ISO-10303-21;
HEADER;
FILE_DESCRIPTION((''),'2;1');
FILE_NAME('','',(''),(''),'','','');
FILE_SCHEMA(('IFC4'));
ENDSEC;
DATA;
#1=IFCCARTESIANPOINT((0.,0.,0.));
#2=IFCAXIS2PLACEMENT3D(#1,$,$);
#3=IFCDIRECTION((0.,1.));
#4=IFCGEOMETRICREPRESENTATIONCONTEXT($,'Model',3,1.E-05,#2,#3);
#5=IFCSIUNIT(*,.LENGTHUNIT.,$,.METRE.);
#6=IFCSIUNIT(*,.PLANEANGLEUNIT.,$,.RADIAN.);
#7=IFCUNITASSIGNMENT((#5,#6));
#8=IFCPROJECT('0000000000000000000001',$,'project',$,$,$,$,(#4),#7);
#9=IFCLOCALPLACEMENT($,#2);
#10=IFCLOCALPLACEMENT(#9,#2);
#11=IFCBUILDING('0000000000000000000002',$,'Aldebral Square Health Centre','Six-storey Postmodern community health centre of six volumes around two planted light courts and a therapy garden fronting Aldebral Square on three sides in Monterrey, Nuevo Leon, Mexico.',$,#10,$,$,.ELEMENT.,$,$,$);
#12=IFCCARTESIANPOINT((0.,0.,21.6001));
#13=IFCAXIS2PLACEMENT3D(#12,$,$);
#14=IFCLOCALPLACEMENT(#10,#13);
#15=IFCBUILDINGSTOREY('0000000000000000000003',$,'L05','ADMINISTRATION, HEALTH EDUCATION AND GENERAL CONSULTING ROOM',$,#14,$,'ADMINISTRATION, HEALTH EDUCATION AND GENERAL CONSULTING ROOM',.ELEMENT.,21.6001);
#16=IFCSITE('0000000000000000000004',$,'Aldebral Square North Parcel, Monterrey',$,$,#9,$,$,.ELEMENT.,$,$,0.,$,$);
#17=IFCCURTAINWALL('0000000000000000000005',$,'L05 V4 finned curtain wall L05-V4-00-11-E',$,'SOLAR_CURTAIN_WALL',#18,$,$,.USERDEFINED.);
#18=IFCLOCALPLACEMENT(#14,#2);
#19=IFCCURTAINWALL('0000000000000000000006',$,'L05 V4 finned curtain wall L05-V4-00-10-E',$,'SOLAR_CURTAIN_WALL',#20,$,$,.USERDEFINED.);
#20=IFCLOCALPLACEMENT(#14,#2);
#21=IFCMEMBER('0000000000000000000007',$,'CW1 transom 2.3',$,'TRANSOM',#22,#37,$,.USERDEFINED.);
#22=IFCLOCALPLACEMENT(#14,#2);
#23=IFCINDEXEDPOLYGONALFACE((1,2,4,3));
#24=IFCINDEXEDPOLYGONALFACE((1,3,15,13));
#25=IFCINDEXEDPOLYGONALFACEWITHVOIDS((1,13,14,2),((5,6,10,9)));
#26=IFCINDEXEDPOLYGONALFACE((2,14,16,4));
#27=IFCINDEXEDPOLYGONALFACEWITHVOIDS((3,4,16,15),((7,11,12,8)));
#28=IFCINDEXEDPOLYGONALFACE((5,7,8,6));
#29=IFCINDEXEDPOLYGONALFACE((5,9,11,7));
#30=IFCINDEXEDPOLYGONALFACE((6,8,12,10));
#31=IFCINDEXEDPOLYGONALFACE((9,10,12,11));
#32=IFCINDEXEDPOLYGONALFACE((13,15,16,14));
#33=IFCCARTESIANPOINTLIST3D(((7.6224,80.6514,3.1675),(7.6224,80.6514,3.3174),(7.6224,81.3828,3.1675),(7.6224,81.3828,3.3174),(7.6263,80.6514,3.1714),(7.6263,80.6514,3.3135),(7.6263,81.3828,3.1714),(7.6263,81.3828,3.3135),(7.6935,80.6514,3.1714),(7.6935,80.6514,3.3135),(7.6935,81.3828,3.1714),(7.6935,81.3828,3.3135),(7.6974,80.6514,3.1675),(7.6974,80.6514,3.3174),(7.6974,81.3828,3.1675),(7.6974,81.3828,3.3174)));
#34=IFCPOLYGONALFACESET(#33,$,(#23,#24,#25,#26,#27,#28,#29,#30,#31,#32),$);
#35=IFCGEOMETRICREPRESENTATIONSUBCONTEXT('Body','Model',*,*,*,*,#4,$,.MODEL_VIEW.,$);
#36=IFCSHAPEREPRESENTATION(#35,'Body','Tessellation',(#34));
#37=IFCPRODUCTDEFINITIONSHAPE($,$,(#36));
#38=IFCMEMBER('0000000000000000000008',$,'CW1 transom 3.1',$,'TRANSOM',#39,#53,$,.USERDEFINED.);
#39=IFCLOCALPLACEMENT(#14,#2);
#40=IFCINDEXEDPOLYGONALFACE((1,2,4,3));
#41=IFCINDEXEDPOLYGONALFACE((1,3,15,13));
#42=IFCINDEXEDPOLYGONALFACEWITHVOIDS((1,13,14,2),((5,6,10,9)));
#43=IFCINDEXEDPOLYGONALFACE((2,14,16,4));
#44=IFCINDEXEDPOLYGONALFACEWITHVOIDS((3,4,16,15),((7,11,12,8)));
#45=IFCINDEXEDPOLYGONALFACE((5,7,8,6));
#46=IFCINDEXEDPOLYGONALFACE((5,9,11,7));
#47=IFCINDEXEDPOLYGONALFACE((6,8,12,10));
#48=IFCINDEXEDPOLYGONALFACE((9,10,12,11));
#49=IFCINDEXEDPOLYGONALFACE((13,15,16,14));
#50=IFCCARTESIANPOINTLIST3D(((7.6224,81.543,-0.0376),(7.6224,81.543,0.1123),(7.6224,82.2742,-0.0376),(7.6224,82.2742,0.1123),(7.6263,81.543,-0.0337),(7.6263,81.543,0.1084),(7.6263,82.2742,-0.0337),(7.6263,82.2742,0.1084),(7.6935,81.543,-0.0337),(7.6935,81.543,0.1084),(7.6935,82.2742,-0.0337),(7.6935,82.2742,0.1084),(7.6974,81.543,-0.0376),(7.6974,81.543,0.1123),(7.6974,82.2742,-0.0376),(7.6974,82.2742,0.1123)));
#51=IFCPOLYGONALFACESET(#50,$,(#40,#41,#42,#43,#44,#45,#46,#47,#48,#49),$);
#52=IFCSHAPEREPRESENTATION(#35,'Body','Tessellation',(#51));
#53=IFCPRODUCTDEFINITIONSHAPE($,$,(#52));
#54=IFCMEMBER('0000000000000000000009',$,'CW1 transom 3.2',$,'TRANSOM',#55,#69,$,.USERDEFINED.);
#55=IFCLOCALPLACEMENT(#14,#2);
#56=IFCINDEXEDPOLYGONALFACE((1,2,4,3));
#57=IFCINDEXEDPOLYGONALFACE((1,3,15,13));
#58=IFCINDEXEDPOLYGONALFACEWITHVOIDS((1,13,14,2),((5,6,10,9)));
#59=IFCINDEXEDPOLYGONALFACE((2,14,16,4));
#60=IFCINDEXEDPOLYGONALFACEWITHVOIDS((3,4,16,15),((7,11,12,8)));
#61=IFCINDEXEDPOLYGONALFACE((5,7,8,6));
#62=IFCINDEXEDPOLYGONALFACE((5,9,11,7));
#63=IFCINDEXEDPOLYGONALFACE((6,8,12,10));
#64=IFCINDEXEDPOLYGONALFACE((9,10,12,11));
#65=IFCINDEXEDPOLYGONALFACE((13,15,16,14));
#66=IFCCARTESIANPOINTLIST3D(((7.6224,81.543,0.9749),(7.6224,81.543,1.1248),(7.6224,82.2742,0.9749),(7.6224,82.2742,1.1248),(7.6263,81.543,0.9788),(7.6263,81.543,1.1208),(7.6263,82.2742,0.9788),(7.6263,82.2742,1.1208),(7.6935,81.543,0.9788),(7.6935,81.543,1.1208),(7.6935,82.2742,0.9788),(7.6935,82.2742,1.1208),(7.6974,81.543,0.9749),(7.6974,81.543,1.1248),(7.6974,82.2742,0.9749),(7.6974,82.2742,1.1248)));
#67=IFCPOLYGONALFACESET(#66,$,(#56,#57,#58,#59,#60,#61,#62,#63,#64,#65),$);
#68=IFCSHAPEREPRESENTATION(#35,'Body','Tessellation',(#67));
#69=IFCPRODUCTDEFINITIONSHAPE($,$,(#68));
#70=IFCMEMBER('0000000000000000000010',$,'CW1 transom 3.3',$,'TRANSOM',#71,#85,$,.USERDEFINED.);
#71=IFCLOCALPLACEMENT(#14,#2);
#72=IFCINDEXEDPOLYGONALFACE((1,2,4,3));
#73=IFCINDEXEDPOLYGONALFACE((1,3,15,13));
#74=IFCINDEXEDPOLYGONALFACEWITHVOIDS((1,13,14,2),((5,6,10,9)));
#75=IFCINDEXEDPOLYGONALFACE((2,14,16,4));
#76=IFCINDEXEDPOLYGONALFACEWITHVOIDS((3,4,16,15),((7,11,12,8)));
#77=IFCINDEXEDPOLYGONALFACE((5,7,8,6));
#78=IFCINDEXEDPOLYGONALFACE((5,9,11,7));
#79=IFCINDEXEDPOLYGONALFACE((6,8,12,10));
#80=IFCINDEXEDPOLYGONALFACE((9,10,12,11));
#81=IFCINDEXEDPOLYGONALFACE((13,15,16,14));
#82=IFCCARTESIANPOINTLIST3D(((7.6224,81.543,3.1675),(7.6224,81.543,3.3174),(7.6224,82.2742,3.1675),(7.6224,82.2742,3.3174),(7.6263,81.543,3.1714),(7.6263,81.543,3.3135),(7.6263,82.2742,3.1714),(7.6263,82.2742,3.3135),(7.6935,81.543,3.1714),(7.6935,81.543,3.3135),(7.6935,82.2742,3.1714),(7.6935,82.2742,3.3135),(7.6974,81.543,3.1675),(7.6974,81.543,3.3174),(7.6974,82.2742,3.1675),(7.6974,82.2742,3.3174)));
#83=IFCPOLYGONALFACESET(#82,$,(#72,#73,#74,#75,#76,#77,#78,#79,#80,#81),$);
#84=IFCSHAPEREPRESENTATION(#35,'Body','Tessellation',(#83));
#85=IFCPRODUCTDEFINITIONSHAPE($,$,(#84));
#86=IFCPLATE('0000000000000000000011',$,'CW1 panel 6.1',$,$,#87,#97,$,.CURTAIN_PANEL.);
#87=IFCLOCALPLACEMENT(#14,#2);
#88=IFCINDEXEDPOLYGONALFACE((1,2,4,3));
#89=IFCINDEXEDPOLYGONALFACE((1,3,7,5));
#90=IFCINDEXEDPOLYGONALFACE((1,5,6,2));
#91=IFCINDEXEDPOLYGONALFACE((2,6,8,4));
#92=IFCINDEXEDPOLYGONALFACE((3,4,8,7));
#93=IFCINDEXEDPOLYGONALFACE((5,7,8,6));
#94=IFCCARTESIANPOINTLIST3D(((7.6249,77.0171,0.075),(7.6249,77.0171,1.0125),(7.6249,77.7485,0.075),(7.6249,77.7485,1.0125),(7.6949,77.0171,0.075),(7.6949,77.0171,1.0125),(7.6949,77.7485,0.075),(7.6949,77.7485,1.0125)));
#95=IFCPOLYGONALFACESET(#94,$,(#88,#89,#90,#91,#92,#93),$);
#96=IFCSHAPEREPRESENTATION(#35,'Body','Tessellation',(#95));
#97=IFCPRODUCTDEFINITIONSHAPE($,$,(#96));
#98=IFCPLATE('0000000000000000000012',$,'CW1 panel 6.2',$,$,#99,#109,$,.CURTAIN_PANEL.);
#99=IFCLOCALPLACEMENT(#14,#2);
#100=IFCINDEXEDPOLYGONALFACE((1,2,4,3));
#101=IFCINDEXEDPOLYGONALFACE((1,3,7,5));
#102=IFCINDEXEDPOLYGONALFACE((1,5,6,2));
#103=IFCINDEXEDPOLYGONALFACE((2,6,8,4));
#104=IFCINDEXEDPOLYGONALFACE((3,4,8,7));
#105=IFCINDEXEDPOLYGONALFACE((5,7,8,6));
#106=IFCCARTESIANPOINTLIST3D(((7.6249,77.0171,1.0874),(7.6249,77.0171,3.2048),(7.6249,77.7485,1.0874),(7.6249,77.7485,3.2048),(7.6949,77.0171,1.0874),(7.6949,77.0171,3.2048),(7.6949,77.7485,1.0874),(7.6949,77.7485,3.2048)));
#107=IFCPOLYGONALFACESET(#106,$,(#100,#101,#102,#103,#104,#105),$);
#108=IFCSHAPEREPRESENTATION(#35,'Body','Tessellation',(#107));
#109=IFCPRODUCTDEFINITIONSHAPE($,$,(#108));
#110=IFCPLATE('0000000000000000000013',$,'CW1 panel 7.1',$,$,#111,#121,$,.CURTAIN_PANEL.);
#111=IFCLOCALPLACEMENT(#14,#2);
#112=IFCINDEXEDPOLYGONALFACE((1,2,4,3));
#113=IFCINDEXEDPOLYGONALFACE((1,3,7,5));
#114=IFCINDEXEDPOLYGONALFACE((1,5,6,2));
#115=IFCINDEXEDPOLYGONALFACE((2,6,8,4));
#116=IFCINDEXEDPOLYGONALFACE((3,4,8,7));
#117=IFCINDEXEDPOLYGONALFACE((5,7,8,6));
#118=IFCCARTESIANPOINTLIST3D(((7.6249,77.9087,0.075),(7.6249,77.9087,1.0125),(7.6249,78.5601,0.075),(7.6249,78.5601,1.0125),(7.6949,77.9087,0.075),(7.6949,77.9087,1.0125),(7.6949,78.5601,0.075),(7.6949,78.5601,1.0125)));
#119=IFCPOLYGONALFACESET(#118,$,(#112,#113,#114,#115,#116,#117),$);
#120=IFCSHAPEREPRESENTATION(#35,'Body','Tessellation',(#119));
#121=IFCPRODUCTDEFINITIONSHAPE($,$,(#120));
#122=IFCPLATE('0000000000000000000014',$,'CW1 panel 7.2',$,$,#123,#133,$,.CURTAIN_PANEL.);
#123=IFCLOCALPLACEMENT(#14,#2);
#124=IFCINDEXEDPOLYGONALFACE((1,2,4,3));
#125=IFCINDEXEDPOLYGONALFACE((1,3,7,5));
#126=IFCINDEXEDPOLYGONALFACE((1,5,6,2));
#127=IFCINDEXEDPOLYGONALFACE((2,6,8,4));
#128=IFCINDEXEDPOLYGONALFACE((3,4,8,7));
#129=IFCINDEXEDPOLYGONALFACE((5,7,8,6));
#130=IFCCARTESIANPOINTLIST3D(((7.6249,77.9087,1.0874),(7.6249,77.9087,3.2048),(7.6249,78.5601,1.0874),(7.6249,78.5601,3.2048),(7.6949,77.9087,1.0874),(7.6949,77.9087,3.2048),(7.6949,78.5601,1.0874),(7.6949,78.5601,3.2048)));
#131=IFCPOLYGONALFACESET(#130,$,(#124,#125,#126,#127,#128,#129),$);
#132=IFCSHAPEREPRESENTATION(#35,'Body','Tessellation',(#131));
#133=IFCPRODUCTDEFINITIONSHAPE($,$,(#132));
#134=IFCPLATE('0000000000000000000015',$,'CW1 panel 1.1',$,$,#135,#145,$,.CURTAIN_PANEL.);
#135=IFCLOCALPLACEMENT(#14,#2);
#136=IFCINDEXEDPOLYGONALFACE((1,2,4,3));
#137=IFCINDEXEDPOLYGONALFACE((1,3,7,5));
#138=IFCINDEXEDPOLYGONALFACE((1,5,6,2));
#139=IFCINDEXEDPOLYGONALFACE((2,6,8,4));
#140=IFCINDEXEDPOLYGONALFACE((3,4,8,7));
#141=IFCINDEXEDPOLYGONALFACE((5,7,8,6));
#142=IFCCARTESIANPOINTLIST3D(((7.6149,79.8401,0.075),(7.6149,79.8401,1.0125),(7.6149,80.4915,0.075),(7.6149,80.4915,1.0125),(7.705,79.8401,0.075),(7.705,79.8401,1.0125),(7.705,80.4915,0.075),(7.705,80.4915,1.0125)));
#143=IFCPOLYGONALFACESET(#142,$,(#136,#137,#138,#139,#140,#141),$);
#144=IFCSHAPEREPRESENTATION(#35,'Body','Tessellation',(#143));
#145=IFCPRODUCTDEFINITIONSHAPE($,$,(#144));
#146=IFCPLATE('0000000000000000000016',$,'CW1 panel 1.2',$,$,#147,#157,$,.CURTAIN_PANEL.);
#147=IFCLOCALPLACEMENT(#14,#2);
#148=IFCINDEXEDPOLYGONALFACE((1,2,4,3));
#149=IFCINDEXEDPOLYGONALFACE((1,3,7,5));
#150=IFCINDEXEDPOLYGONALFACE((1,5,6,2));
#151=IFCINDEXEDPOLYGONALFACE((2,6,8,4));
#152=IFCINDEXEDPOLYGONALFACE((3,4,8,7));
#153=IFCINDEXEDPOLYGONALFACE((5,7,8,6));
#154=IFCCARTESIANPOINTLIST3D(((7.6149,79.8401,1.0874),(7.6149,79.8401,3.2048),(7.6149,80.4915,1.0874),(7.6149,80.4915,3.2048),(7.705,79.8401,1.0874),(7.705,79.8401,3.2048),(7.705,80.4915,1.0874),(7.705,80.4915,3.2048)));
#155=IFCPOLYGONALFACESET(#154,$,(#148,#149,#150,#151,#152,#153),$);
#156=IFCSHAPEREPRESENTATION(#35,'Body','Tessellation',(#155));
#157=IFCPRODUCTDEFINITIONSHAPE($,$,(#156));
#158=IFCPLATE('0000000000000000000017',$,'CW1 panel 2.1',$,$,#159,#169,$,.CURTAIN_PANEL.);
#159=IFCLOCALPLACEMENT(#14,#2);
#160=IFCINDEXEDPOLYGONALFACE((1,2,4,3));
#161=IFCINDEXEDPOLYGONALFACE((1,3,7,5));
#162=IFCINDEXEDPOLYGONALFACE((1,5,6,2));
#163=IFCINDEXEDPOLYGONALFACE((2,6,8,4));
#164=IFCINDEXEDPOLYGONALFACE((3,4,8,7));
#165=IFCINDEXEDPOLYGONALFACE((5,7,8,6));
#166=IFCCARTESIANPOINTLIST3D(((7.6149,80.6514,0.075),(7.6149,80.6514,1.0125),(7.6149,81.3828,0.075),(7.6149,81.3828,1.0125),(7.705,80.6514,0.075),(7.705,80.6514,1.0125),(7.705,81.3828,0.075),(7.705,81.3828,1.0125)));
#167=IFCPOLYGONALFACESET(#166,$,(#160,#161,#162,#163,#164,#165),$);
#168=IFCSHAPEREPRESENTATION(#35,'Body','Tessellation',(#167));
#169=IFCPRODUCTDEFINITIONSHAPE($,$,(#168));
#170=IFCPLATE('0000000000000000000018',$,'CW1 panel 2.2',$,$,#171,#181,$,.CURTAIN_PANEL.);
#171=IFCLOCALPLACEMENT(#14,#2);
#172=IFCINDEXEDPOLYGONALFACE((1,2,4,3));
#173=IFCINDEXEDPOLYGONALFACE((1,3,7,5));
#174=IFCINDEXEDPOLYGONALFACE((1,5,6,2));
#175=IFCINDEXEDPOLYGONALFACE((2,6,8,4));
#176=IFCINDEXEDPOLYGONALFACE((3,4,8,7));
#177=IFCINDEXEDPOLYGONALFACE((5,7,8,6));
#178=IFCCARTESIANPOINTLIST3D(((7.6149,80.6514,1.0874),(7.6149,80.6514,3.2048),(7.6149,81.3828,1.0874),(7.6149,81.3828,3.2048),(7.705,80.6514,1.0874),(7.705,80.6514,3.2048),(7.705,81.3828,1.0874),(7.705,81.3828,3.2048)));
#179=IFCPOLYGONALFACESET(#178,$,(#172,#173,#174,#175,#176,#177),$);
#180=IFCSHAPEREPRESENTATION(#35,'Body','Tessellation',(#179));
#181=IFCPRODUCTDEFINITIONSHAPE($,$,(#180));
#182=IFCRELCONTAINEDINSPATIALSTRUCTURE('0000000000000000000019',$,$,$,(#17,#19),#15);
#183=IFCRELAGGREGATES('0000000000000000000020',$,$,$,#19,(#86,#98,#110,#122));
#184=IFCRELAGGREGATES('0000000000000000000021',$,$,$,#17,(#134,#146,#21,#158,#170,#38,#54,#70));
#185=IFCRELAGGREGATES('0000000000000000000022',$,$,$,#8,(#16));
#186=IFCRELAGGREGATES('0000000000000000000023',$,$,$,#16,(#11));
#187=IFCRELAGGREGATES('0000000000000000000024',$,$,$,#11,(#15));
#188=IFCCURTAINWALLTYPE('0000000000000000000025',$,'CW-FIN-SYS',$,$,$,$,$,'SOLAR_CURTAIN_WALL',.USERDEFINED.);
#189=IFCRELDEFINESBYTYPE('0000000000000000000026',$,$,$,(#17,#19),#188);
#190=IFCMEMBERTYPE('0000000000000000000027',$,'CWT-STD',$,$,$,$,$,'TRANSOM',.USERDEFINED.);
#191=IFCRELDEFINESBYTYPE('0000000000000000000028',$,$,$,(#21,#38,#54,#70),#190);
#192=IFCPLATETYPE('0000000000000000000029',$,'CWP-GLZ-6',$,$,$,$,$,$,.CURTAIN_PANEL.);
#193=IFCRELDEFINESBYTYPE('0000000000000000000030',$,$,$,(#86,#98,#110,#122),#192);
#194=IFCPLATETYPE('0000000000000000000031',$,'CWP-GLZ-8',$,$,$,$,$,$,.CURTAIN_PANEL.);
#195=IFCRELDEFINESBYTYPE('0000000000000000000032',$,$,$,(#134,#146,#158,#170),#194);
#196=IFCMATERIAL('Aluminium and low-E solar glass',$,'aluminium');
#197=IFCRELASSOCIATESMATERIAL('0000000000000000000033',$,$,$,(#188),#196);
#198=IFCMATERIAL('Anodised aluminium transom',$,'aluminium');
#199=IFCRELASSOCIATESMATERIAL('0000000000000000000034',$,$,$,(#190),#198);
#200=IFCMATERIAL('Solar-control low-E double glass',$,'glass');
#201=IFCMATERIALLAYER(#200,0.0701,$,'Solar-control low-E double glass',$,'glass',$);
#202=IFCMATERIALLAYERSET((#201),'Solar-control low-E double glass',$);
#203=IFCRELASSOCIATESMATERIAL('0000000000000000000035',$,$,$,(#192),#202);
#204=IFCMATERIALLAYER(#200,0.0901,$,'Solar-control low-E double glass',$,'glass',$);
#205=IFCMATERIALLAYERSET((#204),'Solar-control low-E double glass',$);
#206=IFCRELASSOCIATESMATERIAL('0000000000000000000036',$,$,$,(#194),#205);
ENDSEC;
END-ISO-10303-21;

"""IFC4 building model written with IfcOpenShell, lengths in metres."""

from ifc_helpers import new_model, si_unit, direction, frame, origin, origin_2d, place, context, subcontext, project, spatial, rectangle, hollow_rectangle, extrude, material, layer, layer_set, material_profile, profile_set, type_object, element, aggregate, save


model = new_model("IFC4")

# Units and contexts
model_context = context("Model", 3, precision=1e-05, world=origin(), true_north=direction((0.0, 1.0)))
body_context = subcontext(model_context, "Body", "Model", "MODEL_VIEW")
ifc_project = project(units=[si_unit("LENGTHUNIT", "METRE"), si_unit("PLANEANGLEUNIT", "RADIAN")], contexts=[model_context])

# Site, building, storey
site_placement = place(None, origin())
site = spatial("IfcSite", under=ifc_project, at=site_placement, Name="Aldebral Square North Parcel, Monterrey", CompositionType="ELEMENT", RefElevation=0.0)
building_placement = place(site_placement, origin())
building = spatial("IfcBuilding", under=site, at=building_placement, Name="Aldebral Square Health Centre", Description="Six-storey Postmodern community health centre of six volumes around two planted light courts and a therapy garden fronting Aldebral Square on three sides in Monterrey, Nuevo Leon, Mexico.", CompositionType="ELEMENT")
storey_placement = place(building_placement, frame((0.0, 0.0, 21.6001)))
storey = spatial("IfcBuildingStorey", under=building, at=storey_placement, Name="L05", Description="ADMINISTRATION, HEALTH EDUCATION AND GENERAL CONSULTING ROOM", LongName="ADMINISTRATION, HEALTH EDUCATION AND GENERAL CONSULTING ROOM", CompositionType="ELEMENT", Elevation=21.6001)

# Curtain walls
ifc_material_1 = material(Name="Aluminium and low-E solar glass", Category="aluminium")
curtain_wall_type = type_object("IfcCurtainWallType", Name="CW-FIN-SYS", ElementType="SOLAR_CURTAIN_WALL", PredefinedType="USERDEFINED", material=ifc_material_1)
curtain_wall_1_placement = place(storey_placement, origin())
curtain_wall_1 = element("IfcCurtainWall", 1, at=curtain_wall_1_placement, inside=storey, type_object=curtain_wall_type, Name="L05 V4 finned curtain wall L05-V4-00-11-E", ObjectType="SOLAR_CURTAIN_WALL", PredefinedType="USERDEFINED")
curtain_wall_2_placement = place(storey_placement, origin())
curtain_wall_2 = element("IfcCurtainWall", 2, at=curtain_wall_2_placement, inside=storey, type_object=curtain_wall_type, Name="L05 V4 finned curtain wall L05-V4-00-10-E", ObjectType="SOLAR_CURTAIN_WALL", PredefinedType="USERDEFINED")
ifc_material_2 = material(Name="Anodised aluminium transom", Category="aluminium")
ifc_material_profile_1 = material_profile(ifc_material_2, hollow_rectangle(XDim=0.075, YDim=0.1499, WallThickness=0.0039, at=origin_2d()), Name="CWT 75x150x4")
ifc_profile_set_1 = profile_set([ifc_material_profile_1], Name="Anodised aluminium transom")
member_type_1 = type_object("IfcMemberType", Name="CWT-STD", ElementType="TRANSOM", PredefinedType="USERDEFINED", material=ifc_profile_set_1)

# Members
member_1_placement = place(storey_placement, frame((7.6599, 80.6514, 3.2424), z_axis=(0.0, 1.0, 0.0), x_axis=(-1.0, 0.0, 0.0)))
member_1 = element("IfcMember", 3, at=member_1_placement, type_object=member_type_1, Name="CW1 transom 2.3", ObjectType="TRANSOM", PredefinedType="USERDEFINED", context=body_context, shape_type="SweptSolid", body=[
    extrude(hollow_rectangle(XDim=0.075, YDim=0.1499, WallThickness=0.0039, at=origin_2d()), origin(), (0.0, 0.0, 1.0), 0.7314),
])
member_2_placement = place(storey_placement, frame((7.6599, 81.543, 0.0374), z_axis=(0.0, 1.0, 0.0), x_axis=(-1.0, 0.0, 0.0)))
member_2 = element("IfcMember", 4, at=member_2_placement, type_object=member_type_1, Name="CW1 transom 3.1", ObjectType="TRANSOM", PredefinedType="USERDEFINED", context=body_context, shape_type="SweptSolid", body=[
    extrude(hollow_rectangle(XDim=0.075, YDim=0.1499, WallThickness=0.0039, at=origin_2d()), origin(), (0.0, 0.0, 1.0), 0.7312),
])
member_3_placement = place(storey_placement, frame((7.6599, 81.543, 1.0498), z_axis=(0.0, 1.0, 0.0), x_axis=(-1.0, 0.0, 0.0)))
member_3 = element("IfcMember", 5, at=member_3_placement, type_object=member_type_1, Name="CW1 transom 3.2", ObjectType="TRANSOM", PredefinedType="USERDEFINED", context=body_context, shape_type="SweptSolid", body=[
    extrude(hollow_rectangle(XDim=0.075, YDim=0.1499, WallThickness=0.0039, at=origin_2d()), origin(), (0.0, 0.0, 1.0), 0.7312),
])
member_4_placement = place(storey_placement, frame((7.6599, 81.543, 3.2424), z_axis=(0.0, 1.0, 0.0), x_axis=(-1.0, 0.0, 0.0)))
member_4 = element("IfcMember", 6, at=member_4_placement, type_object=member_type_1, Name="CW1 transom 3.3", ObjectType="TRANSOM", PredefinedType="USERDEFINED", context=body_context, shape_type="SweptSolid", body=[
    extrude(hollow_rectangle(XDim=0.075, YDim=0.1499, WallThickness=0.0039, at=origin_2d()), origin(), (0.0, 0.0, 1.0), 0.7312),
])

# Plates
ifc_material_3 = material(Name="Solar-control low-E double glass", Category="glass")
ifc_layer_1 = layer(ifc_material_3, 0.0701, Name="Solar-control low-E double glass", Category="glass")
ifc_layer_set_1 = layer_set([ifc_layer_1], Name="Solar-control low-E double glass")
plate_type_1 = type_object("IfcPlateType", Name="CWP-GLZ-6", PredefinedType="CURTAIN_PANEL", material=ifc_layer_set_1)
plate_1_placement = place(storey_placement, frame((7.6599, 77.3828, 0.075), z_axis=(0.0, 0.0, 1.0), x_axis=(0.0, 1.0, 0.0)))
plate_1 = element("IfcPlate", 7, at=plate_1_placement, type_object=plate_type_1, Name="CW1 panel 6.1", PredefinedType="CURTAIN_PANEL", context=body_context, shape_type="SweptSolid", body=[
    extrude(rectangle(XDim=0.7314, YDim=0.0701, at=origin_2d()), origin(), (0.0, 0.0, 1.0), 0.9375),
])
plate_2_placement = place(storey_placement, frame((7.6599, 77.3828, 1.0874), z_axis=(0.0, 0.0, 1.0), x_axis=(0.0, 1.0, 0.0)))
plate_2 = element("IfcPlate", 8, at=plate_2_placement, type_object=plate_type_1, Name="CW1 panel 6.2", PredefinedType="CURTAIN_PANEL", context=body_context, shape_type="SweptSolid", body=[
    extrude(rectangle(XDim=0.7314, YDim=0.0701, at=origin_2d()), origin(), (0.0, 0.0, 1.0), 2.1174),
])
plate_3_placement = place(storey_placement, frame((7.6599, 78.2344, 0.075), z_axis=(0.0, 0.0, 1.0), x_axis=(0.0, 1.0, 0.0)))
plate_3 = element("IfcPlate", 9, at=plate_3_placement, type_object=plate_type_1, Name="CW1 panel 7.1", PredefinedType="CURTAIN_PANEL", context=body_context, shape_type="SweptSolid", body=[
    extrude(rectangle(XDim=0.6514, YDim=0.0701, at=origin_2d()), origin(), (0.0, 0.0, 1.0), 0.9375),
])
plate_4_placement = place(storey_placement, frame((7.6599, 78.2344, 1.0874), z_axis=(0.0, 0.0, 1.0), x_axis=(0.0, 1.0, 0.0)))
plate_4 = element("IfcPlate", 10, at=plate_4_placement, type_object=plate_type_1, Name="CW1 panel 7.2", PredefinedType="CURTAIN_PANEL", context=body_context, shape_type="SweptSolid", body=[
    extrude(rectangle(XDim=0.6514, YDim=0.0701, at=origin_2d()), origin(), (0.0, 0.0, 1.0), 2.1174),
])
aggregate(curtain_wall_2, [plate_1, plate_2, plate_3, plate_4])
ifc_layer_2 = layer(ifc_material_3, 0.0901, Name="Solar-control low-E double glass", Category="glass")
ifc_layer_set_2 = layer_set([ifc_layer_2], Name="Solar-control low-E double glass")
plate_type_2 = type_object("IfcPlateType", Name="CWP-GLZ-8", PredefinedType="CURTAIN_PANEL", material=ifc_layer_set_2)
plate_5_placement = place(storey_placement, frame((7.6599, 80.1658, 0.075), z_axis=(0.0, 0.0, 1.0), x_axis=(0.0, 1.0, 0.0)))
plate_5 = element("IfcPlate", 11, at=plate_5_placement, type_object=plate_type_2, Name="CW1 panel 1.1", PredefinedType="CURTAIN_PANEL", context=body_context, shape_type="SweptSolid", body=[
    extrude(rectangle(XDim=0.6514, YDim=0.0901, at=origin_2d()), origin(), (0.0, 0.0, 1.0), 0.9375),
])
plate_6_placement = place(storey_placement, frame((7.6599, 80.1658, 1.0874), z_axis=(0.0, 0.0, 1.0), x_axis=(0.0, 1.0, 0.0)))
plate_6 = element("IfcPlate", 12, at=plate_6_placement, type_object=plate_type_2, Name="CW1 panel 1.2", PredefinedType="CURTAIN_PANEL", context=body_context, shape_type="SweptSolid", body=[
    extrude(rectangle(XDim=0.6514, YDim=0.0901, at=origin_2d()), origin(), (0.0, 0.0, 1.0), 2.1174),
])
plate_7_placement = place(storey_placement, frame((7.6599, 81.0171, 0.075), z_axis=(0.0, 0.0, 1.0), x_axis=(0.0, 1.0, 0.0)))
plate_7 = element("IfcPlate", 13, at=plate_7_placement, type_object=plate_type_2, Name="CW1 panel 2.1", PredefinedType="CURTAIN_PANEL", context=body_context, shape_type="SweptSolid", body=[
    extrude(rectangle(XDim=0.7314, YDim=0.0901, at=origin_2d()), origin(), (0.0, 0.0, 1.0), 0.9375),
])
plate_8_placement = place(storey_placement, frame((7.6599, 81.0171, 1.0874), z_axis=(0.0, 0.0, 1.0), x_axis=(0.0, 1.0, 0.0)))
plate_8 = element("IfcPlate", 14, at=plate_8_placement, type_object=plate_type_2, Name="CW1 panel 2.2", PredefinedType="CURTAIN_PANEL", context=body_context, shape_type="SweptSolid", body=[
    extrude(rectangle(XDim=0.7314, YDim=0.0901, at=origin_2d()), origin(), (0.0, 0.0, 1.0), 2.1174),
])
aggregate(curtain_wall_1, [plate_5, plate_6, member_1, plate_7, plate_8, member_2, member_3, member_4])

save(model, "model.ifc")
